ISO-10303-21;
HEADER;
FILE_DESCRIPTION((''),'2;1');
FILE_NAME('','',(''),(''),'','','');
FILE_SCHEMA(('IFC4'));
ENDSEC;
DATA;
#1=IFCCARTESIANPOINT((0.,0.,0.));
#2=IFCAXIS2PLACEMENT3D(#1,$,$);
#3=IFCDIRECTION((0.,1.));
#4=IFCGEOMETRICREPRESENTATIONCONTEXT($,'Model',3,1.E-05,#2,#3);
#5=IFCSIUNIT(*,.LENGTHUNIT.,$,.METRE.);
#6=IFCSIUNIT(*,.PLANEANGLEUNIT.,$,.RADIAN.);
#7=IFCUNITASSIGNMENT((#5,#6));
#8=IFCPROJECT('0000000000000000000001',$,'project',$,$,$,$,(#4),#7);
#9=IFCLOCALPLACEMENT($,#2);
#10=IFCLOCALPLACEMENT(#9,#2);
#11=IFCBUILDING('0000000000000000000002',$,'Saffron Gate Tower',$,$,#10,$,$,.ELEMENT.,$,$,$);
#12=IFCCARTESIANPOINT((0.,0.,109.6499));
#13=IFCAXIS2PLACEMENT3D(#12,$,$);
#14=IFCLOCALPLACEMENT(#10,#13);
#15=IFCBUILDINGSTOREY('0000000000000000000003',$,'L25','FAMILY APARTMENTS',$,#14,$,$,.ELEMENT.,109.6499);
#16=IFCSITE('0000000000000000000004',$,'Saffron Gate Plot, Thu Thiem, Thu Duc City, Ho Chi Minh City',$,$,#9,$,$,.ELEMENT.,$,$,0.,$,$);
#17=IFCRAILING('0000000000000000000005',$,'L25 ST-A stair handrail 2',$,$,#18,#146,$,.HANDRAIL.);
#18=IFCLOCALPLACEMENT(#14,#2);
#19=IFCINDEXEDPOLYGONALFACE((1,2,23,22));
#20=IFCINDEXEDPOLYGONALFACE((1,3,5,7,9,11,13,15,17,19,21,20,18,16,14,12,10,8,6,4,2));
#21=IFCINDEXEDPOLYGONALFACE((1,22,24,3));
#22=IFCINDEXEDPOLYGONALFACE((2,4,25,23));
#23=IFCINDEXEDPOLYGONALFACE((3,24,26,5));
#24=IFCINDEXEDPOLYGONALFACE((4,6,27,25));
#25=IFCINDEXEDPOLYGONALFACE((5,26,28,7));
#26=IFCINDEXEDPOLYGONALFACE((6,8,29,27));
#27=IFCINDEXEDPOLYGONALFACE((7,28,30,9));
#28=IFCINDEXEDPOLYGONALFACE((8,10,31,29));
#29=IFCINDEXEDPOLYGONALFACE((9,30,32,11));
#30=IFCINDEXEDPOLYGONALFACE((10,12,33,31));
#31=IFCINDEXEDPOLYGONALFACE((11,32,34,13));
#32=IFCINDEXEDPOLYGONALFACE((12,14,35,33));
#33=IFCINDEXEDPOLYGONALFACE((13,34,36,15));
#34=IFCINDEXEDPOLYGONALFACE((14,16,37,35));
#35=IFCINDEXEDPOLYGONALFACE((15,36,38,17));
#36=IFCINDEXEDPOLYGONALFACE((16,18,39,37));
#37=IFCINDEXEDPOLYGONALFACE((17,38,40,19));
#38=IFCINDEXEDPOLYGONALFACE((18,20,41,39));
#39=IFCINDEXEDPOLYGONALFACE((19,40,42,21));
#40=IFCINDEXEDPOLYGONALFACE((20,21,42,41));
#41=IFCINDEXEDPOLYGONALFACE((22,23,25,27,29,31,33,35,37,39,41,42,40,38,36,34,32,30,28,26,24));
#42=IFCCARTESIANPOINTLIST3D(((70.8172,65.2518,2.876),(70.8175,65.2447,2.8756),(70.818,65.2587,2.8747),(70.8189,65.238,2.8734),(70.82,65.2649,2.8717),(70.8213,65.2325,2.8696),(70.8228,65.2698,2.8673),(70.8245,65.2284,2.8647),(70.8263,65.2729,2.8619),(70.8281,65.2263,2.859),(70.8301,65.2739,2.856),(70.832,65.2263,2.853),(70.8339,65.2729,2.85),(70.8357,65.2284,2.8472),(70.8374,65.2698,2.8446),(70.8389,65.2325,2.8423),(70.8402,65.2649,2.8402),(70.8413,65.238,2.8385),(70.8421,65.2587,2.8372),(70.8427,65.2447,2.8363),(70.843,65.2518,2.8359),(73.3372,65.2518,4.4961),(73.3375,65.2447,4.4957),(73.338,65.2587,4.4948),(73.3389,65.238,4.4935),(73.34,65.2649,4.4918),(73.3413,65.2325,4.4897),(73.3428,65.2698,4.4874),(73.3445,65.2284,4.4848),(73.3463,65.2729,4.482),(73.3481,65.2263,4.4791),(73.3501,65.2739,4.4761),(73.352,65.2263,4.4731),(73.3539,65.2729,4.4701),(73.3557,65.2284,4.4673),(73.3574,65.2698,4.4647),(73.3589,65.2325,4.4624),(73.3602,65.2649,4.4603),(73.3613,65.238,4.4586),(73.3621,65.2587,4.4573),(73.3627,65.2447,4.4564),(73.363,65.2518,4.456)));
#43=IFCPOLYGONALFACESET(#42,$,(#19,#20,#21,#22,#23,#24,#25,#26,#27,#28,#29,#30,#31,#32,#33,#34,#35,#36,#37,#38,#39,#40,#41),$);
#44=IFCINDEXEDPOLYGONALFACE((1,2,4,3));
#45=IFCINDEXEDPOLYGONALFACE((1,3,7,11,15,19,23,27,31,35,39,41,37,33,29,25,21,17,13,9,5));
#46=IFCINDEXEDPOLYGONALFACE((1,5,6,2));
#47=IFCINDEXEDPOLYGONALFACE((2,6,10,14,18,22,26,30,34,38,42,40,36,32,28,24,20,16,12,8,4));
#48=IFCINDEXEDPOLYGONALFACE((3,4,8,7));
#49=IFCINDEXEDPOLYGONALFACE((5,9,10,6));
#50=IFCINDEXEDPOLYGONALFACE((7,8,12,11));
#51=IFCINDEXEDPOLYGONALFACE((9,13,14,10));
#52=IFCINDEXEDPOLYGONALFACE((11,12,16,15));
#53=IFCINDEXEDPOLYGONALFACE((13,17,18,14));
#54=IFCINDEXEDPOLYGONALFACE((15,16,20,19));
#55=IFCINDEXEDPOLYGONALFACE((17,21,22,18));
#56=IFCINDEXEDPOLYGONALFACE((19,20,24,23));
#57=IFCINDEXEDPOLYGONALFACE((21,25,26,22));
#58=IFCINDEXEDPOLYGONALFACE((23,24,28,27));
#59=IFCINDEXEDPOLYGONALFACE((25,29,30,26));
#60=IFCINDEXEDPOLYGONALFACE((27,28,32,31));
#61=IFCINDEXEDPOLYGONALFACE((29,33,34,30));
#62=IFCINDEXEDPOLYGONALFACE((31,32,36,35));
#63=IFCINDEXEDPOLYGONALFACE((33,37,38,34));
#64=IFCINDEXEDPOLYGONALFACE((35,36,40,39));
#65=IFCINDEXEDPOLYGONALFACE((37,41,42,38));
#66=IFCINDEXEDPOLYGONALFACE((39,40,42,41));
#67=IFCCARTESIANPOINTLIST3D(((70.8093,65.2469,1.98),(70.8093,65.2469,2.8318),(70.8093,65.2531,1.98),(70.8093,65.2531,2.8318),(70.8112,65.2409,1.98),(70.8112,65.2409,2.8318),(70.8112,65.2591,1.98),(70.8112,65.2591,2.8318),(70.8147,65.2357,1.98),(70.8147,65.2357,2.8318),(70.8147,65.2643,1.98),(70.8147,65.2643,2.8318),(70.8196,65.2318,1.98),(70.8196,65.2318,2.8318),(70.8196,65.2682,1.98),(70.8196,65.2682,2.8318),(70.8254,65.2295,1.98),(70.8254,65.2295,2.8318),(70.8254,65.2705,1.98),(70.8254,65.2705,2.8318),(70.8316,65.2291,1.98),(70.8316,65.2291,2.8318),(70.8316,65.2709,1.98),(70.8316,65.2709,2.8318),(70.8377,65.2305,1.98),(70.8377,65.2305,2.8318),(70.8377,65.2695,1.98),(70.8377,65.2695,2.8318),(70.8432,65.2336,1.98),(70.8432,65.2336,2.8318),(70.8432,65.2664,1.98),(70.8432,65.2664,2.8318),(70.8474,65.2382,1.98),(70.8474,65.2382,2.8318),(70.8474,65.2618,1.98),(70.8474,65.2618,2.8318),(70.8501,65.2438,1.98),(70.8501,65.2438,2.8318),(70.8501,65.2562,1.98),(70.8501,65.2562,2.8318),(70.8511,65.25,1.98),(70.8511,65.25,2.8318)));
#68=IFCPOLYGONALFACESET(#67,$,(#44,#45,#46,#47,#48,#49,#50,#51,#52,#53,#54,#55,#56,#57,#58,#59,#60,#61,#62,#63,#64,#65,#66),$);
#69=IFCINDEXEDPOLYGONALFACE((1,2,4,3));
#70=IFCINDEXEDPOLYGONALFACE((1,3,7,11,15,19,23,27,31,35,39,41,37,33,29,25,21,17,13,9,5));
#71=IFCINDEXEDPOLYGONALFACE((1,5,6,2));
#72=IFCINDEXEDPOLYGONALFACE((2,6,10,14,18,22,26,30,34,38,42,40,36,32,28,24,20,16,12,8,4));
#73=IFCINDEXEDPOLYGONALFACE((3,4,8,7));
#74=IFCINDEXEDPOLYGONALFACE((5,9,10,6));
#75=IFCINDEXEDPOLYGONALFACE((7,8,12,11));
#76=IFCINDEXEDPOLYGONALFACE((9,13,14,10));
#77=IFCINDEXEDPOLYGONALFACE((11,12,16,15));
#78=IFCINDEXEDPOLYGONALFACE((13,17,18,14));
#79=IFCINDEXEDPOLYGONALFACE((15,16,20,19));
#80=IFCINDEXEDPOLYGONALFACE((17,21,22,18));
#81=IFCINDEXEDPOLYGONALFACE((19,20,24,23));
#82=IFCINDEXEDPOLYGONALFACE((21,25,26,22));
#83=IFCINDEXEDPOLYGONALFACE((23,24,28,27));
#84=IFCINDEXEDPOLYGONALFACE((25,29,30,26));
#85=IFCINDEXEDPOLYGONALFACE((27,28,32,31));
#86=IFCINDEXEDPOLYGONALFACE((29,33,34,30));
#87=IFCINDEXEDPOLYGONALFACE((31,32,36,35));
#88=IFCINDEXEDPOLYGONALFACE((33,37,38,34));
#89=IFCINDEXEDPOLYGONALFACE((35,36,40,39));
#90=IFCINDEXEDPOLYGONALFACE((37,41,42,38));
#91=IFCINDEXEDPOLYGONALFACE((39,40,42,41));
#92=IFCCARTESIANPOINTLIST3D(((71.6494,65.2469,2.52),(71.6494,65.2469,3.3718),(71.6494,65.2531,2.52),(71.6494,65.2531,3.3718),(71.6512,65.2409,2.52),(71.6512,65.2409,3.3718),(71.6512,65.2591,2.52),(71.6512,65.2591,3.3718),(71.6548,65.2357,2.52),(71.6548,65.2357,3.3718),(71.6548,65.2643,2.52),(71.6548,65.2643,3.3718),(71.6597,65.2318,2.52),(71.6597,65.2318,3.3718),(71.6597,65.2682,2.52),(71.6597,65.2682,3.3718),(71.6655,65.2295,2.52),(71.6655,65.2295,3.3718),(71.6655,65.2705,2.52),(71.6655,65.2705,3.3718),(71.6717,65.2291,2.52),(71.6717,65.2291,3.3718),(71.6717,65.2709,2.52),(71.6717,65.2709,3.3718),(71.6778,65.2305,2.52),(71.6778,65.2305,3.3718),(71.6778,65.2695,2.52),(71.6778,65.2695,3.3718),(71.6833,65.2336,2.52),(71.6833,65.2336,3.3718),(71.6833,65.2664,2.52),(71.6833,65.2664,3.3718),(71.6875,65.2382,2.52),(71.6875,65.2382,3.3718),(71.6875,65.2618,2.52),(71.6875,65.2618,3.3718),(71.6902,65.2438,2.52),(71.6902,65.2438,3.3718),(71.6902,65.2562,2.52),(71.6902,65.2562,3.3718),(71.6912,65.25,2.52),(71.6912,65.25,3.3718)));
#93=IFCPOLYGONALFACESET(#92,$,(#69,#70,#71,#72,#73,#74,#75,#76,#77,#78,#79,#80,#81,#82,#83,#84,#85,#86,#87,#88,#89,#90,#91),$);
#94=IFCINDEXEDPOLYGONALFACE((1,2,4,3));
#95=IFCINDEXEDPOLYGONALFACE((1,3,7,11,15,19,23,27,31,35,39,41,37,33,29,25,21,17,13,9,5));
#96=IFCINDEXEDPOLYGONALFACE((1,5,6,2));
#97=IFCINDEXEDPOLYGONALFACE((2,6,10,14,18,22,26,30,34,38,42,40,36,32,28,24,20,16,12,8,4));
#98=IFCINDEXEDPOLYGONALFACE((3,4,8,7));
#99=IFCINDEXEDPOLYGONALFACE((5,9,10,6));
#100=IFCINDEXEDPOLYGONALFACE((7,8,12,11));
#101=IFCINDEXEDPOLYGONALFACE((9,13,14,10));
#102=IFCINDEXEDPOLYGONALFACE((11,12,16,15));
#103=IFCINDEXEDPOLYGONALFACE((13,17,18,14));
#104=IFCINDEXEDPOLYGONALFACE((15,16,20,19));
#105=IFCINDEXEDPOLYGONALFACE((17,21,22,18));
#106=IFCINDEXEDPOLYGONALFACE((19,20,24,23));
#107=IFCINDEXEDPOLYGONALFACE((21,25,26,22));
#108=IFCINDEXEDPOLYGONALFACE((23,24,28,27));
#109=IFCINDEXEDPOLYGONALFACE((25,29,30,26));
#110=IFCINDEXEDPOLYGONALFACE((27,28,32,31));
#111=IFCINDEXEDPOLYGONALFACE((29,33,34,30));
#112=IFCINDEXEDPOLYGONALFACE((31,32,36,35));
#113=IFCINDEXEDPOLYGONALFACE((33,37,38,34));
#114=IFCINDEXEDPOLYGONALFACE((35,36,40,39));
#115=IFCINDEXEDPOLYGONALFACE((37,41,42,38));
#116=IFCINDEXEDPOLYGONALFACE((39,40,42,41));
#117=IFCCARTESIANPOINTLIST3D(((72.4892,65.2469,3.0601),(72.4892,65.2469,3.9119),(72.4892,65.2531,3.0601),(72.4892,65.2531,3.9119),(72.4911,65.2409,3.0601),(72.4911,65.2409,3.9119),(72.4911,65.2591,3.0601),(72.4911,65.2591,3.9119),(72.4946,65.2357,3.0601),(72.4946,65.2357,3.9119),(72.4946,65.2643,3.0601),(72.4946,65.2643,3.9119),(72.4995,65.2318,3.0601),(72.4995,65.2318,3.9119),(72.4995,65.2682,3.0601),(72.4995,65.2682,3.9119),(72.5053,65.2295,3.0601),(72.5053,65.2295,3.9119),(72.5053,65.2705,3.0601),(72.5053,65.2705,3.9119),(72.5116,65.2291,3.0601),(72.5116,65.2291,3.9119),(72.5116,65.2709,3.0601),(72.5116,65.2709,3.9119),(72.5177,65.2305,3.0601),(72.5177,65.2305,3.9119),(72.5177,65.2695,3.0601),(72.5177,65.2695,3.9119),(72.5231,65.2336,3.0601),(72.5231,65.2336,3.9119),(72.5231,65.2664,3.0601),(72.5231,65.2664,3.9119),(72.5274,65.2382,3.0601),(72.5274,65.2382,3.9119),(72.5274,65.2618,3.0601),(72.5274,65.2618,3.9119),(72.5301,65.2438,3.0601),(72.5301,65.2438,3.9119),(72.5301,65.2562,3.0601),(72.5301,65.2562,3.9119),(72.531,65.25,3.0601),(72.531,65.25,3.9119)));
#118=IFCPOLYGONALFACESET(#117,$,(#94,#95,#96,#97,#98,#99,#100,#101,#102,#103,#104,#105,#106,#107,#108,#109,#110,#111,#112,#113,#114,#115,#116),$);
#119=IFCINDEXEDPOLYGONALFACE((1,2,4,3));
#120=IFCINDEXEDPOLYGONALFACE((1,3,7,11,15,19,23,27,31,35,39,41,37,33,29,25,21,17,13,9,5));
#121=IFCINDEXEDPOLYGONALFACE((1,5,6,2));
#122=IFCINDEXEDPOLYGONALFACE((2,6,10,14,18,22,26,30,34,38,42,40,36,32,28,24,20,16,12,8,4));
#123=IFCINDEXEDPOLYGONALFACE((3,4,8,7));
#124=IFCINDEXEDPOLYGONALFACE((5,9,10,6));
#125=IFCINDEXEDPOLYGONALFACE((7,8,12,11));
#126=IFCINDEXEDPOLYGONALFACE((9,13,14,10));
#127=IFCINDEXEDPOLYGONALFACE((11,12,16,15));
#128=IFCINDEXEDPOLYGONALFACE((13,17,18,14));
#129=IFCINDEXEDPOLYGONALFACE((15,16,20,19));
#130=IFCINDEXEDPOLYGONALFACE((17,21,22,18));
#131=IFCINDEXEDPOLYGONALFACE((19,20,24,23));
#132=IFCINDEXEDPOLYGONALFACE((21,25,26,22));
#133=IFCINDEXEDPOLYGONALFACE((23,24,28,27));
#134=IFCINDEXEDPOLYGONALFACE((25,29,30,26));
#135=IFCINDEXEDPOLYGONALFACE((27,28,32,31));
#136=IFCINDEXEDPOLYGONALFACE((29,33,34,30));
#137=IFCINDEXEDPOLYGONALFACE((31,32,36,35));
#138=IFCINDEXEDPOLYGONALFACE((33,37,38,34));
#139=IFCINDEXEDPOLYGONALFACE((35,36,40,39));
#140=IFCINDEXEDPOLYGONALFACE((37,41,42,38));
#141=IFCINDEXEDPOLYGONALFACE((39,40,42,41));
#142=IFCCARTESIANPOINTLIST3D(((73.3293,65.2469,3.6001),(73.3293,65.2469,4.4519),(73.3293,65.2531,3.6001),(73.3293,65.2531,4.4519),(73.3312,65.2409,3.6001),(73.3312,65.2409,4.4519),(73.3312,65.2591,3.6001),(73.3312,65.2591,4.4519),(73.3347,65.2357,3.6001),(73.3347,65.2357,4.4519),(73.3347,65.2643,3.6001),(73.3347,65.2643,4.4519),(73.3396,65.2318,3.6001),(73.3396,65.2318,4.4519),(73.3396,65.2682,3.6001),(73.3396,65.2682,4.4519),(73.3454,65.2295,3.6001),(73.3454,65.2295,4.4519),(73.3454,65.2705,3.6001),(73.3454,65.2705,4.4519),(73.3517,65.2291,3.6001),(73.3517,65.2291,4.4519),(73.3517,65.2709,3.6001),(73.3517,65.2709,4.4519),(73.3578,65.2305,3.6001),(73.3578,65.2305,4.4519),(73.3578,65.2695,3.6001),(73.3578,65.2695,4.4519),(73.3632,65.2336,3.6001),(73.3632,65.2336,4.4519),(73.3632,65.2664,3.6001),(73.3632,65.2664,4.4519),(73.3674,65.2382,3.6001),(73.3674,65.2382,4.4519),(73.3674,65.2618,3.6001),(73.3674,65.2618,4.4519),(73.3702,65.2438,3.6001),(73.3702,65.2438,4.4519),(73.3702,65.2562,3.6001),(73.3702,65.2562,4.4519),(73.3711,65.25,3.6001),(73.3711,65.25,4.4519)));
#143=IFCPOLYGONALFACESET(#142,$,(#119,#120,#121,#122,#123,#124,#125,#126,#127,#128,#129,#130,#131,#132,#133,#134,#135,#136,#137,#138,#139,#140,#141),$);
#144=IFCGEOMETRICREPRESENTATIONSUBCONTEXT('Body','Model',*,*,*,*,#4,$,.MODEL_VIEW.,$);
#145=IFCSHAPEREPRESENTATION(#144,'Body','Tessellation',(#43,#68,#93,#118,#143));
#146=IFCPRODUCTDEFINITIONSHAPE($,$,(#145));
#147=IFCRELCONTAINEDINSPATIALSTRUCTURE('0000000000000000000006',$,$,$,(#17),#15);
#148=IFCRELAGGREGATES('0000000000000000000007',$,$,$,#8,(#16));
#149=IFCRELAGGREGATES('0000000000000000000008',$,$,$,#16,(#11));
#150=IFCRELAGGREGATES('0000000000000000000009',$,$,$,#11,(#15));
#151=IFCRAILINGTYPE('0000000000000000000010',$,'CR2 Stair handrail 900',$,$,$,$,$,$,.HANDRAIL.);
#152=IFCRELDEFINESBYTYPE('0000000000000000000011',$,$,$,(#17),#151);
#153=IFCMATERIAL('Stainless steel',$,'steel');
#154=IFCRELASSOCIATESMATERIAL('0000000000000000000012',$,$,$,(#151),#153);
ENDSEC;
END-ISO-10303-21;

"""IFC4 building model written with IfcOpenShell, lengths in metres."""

from ifc_helpers import new_model, si_unit, direction, frame, origin, origin_2d, place, context, subcontext, project, spatial, circle, extrude, material, type_object, element, save


model = new_model("IFC4")

# Units and contexts
model_context = context("Model", 3, precision=1e-05, world=origin(), true_north=direction((0.0, 1.0)))
body_context = subcontext(model_context, "Body", "Model", "MODEL_VIEW")
ifc_project = project(units=[si_unit("LENGTHUNIT", "METRE"), si_unit("PLANEANGLEUNIT", "RADIAN")], contexts=[model_context])

# Site, building, storey
site_placement = place(None, origin())
site = spatial("IfcSite", under=ifc_project, at=site_placement, Name="Saffron Gate Plot, Thu Thiem, Thu Duc City, Ho Chi Minh City", CompositionType="ELEMENT", RefElevation=0.0)
building_placement = place(site_placement, origin())
building = spatial("IfcBuilding", under=site, at=building_placement, Name="Saffron Gate Tower", CompositionType="ELEMENT")
storey_placement = place(building_placement, frame((0.0, 0.0, 109.6499)))
storey = spatial("IfcBuildingStorey", under=building, at=storey_placement, Name="L25", Description="FAMILY APARTMENTS", CompositionType="ELEMENT", Elevation=109.6499)

# Railing
ifc_material_1 = material(Name="Stainless steel", Category="steel")
railing_type_1 = type_object("IfcRailingType", Name="CR2 Stair handrail 900", PredefinedType="HANDRAIL", material=ifc_material_1)
railing_1_placement = place(storey_placement, frame((70.8301, 65.25, 1.98)))
element("IfcRailing", 1, at=railing_1_placement, inside=storey, type_object=railing_type_1, Name="L25 ST-A stair handrail 2", PredefinedType="HANDRAIL", context=body_context, shape_type="SweptSolid", body=[
    extrude(circle(Radius=0.0239, at=origin_2d()), frame((0.0, 0.0, 0.876), z_axis=(0.841163, 0.0, 0.540782), x_axis=(0.0, 1.0, 0.0)), (0.0, 0.0, 1.0), 2.9958),
    extrude(circle(Radius=0.021, at=origin_2d()), origin(), (0.0, 0.0, 1.0), 0.8518),
    extrude(circle(Radius=0.021, at=origin_2d()), frame((0.8401, 0.0, 0.54)), (0.0, 0.0, 1.0), 0.8518),
    extrude(circle(Radius=0.021, at=origin_2d()), frame((1.6799, 0.0, 1.0801)), (0.0, 0.0, 1.0), 0.8518),
    extrude(circle(Radius=0.021, at=origin_2d()), frame((2.52, 0.0, 1.6201)), (0.0, 0.0, 1.0), 0.8518),
])

save(model, "model.ifc")
